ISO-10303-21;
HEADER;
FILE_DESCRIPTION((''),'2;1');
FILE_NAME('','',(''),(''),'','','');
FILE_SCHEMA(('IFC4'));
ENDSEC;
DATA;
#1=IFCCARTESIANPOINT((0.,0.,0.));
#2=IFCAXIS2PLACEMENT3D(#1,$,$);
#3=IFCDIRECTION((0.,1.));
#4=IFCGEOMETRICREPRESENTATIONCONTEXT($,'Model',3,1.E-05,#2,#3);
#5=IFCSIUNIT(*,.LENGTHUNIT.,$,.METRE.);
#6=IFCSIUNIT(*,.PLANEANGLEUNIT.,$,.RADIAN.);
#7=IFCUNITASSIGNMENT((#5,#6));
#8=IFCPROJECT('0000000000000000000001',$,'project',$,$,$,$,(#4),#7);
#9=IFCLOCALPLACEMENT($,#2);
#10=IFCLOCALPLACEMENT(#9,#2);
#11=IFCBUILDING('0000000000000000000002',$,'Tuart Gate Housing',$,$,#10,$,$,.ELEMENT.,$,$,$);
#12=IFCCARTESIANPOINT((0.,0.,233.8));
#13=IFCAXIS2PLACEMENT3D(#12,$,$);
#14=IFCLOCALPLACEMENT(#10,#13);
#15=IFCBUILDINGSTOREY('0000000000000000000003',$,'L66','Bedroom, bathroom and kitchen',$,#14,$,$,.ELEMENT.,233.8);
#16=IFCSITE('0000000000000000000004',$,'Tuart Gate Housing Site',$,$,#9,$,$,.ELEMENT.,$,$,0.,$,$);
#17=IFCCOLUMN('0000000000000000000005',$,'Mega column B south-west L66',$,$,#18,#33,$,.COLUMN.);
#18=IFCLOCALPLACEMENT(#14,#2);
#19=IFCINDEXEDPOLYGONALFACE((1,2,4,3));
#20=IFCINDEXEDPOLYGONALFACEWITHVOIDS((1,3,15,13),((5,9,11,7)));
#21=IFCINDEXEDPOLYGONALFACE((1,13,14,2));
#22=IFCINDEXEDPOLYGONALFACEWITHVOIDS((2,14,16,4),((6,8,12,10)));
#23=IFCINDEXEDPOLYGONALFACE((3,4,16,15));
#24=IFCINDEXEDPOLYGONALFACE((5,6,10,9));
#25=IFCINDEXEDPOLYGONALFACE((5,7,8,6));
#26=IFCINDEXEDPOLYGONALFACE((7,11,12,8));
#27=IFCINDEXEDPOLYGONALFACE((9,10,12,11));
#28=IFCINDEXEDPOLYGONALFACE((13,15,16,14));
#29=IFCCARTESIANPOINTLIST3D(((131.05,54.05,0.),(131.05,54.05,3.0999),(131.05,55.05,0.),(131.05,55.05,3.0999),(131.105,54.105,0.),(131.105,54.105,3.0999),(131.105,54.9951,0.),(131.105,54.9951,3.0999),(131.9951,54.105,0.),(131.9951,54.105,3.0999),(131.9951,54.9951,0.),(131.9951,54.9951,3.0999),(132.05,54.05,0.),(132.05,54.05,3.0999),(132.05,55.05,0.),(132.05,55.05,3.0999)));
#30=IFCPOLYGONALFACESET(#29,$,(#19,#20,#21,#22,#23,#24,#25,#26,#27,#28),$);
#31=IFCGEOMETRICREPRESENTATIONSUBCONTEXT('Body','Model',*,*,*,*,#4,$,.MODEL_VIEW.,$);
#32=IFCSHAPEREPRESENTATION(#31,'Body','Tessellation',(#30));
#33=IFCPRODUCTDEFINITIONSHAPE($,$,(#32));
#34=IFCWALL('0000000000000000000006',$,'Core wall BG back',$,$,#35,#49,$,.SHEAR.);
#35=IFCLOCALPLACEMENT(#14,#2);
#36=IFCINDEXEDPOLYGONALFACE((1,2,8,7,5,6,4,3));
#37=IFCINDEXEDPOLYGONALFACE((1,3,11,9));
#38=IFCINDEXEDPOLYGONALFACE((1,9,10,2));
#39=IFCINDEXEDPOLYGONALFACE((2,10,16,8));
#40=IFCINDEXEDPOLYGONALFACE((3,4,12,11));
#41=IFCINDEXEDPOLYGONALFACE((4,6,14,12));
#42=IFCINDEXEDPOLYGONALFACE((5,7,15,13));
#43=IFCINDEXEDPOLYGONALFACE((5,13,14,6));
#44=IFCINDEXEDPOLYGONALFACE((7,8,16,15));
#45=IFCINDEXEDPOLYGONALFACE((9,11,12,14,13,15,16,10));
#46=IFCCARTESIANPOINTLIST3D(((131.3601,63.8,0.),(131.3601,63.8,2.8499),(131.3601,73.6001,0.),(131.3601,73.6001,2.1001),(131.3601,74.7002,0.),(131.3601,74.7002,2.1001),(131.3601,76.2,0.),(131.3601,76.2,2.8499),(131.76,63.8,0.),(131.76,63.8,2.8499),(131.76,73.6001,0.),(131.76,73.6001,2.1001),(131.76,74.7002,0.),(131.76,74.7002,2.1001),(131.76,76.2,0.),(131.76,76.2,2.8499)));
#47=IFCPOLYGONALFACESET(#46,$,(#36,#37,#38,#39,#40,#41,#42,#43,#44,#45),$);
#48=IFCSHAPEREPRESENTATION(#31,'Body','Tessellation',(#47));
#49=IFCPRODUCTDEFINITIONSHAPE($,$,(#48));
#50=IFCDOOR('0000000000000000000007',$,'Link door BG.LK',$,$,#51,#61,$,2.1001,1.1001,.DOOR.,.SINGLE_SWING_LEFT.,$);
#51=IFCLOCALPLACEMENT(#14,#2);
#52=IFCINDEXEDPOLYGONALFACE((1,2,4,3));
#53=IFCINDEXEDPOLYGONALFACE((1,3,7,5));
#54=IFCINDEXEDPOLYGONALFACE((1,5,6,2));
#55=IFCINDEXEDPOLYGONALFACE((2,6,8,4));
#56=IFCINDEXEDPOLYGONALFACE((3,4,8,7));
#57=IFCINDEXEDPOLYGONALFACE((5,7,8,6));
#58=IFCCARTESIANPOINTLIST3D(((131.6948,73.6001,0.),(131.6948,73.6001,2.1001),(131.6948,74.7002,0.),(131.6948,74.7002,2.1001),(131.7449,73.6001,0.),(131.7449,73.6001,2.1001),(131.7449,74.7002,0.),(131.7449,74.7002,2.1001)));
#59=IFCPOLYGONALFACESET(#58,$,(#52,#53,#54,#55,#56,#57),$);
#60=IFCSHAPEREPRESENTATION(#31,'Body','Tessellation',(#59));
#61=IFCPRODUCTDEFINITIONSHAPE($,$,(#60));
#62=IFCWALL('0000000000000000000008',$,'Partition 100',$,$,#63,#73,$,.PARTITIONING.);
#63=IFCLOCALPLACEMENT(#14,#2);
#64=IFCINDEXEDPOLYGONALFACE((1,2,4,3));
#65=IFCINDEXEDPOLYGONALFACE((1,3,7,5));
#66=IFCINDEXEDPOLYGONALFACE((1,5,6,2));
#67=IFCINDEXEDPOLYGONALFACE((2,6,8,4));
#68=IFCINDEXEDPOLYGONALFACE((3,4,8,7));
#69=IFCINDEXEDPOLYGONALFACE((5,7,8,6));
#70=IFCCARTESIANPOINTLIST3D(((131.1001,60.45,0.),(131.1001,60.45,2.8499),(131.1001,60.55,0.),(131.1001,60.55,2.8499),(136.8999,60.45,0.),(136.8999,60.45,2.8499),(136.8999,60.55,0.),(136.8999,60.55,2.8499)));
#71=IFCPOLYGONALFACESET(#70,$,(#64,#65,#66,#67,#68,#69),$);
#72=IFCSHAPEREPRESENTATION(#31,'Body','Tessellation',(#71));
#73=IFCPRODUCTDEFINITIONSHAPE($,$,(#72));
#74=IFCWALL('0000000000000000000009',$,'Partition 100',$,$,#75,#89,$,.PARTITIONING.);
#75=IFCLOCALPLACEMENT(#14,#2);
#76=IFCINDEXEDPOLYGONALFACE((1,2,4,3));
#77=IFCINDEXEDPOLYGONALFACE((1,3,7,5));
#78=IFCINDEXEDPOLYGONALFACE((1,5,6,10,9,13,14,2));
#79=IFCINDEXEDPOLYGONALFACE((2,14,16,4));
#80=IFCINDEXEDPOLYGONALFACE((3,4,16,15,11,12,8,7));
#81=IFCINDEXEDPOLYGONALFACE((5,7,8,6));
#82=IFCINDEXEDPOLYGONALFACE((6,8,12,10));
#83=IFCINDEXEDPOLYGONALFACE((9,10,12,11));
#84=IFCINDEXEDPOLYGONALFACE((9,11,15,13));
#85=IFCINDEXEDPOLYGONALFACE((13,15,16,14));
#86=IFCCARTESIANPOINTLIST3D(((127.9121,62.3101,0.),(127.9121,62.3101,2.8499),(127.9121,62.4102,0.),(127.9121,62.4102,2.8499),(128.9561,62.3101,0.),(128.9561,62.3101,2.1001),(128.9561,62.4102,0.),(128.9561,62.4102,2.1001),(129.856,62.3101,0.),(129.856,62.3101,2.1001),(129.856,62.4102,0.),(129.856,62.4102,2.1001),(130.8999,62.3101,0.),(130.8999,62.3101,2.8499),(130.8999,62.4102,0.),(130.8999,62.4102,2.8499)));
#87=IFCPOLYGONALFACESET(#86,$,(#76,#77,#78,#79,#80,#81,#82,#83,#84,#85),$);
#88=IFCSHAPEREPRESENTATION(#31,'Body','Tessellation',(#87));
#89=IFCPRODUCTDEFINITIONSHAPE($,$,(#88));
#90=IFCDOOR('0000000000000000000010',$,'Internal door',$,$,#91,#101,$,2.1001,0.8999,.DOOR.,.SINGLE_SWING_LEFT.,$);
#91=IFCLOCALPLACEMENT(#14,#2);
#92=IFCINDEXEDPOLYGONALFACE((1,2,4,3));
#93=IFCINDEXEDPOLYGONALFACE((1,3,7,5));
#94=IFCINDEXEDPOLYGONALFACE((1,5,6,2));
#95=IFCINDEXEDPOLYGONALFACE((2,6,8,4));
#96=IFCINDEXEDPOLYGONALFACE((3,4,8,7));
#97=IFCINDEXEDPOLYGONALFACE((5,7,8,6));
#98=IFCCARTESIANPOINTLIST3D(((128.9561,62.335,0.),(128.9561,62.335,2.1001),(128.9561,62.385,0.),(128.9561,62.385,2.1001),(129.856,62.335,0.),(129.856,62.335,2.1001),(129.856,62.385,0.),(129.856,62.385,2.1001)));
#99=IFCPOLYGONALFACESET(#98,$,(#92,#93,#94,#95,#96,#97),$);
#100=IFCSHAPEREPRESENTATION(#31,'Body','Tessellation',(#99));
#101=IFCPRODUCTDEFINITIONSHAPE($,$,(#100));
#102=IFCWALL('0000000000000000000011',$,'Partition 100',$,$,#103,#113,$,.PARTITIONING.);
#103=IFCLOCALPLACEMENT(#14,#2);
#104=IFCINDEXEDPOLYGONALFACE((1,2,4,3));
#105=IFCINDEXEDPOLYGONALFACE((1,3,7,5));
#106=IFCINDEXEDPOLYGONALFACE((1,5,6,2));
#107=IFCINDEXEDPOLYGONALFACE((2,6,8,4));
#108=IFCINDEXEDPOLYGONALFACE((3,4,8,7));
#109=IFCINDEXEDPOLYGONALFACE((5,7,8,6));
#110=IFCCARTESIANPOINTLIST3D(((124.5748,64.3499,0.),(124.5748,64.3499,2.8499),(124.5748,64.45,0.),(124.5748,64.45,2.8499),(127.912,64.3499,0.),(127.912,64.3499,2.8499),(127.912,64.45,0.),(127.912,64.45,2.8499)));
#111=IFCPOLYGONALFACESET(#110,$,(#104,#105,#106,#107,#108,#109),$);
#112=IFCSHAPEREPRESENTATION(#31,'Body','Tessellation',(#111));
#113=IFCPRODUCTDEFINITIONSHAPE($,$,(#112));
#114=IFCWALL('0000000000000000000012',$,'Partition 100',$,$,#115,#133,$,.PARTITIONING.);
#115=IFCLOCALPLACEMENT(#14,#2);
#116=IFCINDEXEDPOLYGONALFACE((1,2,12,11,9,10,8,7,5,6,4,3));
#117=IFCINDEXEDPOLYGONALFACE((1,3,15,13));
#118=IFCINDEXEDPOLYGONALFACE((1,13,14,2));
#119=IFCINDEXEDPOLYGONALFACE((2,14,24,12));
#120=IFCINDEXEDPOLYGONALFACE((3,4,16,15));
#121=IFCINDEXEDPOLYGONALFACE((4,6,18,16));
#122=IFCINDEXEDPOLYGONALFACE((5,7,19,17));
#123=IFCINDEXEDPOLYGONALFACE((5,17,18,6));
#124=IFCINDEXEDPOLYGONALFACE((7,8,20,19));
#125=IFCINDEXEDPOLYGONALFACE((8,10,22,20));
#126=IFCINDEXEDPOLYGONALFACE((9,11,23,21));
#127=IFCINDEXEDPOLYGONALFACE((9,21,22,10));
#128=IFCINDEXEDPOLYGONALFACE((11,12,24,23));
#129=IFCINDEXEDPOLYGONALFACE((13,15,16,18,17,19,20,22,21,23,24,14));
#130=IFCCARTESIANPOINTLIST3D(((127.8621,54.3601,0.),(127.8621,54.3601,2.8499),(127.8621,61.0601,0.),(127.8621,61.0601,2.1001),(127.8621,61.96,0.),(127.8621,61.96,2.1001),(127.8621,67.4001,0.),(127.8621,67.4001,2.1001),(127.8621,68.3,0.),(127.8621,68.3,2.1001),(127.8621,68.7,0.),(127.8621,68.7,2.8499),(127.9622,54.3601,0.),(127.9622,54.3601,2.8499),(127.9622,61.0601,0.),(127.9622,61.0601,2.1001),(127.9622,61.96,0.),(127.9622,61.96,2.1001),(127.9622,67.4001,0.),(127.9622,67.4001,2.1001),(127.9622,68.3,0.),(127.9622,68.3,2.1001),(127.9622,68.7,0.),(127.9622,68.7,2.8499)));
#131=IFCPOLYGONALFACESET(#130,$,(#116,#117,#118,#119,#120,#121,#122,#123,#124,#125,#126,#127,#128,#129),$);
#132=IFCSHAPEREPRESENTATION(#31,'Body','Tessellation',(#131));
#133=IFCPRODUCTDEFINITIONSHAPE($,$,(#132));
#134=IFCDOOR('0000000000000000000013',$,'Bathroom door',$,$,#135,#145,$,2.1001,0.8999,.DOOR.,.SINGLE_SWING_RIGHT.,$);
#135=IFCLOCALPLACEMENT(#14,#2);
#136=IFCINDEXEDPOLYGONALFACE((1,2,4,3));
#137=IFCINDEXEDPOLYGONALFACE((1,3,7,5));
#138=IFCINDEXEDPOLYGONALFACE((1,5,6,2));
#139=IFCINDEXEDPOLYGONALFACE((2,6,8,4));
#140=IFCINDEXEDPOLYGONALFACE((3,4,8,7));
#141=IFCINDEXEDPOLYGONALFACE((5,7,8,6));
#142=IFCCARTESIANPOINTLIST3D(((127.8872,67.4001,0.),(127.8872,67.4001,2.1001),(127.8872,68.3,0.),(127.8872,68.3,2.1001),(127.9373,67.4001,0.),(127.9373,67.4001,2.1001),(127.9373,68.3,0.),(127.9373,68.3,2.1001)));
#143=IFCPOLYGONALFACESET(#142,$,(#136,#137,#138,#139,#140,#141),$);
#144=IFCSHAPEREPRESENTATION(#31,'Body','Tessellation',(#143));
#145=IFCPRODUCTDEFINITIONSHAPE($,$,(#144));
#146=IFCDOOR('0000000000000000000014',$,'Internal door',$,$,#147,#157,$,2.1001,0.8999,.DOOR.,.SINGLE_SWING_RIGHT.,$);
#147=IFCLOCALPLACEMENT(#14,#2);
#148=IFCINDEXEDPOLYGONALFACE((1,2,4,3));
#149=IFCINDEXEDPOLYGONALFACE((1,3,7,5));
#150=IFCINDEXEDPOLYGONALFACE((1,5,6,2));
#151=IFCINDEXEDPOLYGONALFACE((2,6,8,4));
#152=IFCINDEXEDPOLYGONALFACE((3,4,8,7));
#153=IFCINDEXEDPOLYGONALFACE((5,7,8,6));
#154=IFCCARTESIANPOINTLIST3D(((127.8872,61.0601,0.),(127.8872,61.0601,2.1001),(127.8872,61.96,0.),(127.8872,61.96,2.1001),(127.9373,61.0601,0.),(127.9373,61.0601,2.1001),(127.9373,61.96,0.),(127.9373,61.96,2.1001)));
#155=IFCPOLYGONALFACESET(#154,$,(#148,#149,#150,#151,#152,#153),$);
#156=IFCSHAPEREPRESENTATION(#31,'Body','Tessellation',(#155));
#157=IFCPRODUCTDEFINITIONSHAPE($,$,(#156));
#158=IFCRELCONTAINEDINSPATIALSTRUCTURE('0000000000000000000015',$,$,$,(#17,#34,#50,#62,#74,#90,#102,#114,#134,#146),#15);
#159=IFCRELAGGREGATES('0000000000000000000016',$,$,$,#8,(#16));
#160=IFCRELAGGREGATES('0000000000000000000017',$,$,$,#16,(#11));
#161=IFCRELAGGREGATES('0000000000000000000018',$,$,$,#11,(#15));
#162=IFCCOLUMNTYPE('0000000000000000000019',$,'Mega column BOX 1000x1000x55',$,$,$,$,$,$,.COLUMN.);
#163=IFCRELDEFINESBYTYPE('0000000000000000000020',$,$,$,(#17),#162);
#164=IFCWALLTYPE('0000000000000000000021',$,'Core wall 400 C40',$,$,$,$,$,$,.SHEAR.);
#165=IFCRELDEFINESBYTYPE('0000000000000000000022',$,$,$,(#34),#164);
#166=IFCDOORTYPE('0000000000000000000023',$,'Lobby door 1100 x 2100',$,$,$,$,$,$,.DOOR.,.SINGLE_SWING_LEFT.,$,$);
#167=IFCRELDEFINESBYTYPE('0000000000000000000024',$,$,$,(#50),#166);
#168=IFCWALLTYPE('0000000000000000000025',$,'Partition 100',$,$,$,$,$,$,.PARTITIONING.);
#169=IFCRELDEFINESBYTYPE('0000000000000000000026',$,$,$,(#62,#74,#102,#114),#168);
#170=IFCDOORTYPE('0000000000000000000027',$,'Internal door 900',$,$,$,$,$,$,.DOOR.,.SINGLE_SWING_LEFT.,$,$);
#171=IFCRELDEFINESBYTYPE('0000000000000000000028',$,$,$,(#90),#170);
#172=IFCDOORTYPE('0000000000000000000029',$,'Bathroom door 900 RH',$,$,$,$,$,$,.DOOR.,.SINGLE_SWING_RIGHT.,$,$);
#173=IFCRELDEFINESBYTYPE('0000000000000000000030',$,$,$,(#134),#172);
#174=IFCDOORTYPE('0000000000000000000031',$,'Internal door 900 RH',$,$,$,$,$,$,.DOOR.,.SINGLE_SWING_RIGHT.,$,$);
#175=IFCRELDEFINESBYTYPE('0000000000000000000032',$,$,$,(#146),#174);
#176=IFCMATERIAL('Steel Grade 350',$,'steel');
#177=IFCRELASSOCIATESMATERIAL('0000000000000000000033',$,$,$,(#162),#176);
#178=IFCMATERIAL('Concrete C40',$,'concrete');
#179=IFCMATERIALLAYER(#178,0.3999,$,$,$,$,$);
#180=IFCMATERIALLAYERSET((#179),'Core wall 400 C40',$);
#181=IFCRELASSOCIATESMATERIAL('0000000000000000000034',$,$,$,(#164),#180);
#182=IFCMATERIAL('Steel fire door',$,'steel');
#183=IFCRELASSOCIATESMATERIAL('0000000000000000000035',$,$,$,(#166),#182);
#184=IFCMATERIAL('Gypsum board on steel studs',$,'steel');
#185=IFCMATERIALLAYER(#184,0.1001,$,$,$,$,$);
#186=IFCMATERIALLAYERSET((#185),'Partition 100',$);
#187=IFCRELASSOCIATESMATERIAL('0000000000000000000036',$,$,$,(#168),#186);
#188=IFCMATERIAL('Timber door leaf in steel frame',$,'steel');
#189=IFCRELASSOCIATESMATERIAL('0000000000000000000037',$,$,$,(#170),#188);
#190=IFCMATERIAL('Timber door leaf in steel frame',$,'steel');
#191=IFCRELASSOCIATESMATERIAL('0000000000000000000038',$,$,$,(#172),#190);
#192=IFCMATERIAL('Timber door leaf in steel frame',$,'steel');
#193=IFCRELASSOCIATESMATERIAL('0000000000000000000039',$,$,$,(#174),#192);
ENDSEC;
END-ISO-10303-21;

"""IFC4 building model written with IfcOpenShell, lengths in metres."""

from ifc_helpers import new_model, si_unit, direction, frame, frame_2d, origin, origin_2d, place, context, subcontext, project, spatial, rectangle, hollow_rectangle, extrude, material, layer, layer_set, material_profile, profile_set, type_object, element, fill, save


model = new_model("IFC4")

# Units and contexts
model_context = context("Model", 3, precision=1e-05, world=origin(), true_north=direction((0.0, 1.0)))
body_context = subcontext(model_context, "Body", "Model", "MODEL_VIEW")
ifc_project = project(units=[si_unit("LENGTHUNIT", "METRE"), si_unit("PLANEANGLEUNIT", "RADIAN")], contexts=[model_context])

# Site, building, storey
site_placement = place(None, origin())
site = spatial("IfcSite", under=ifc_project, at=site_placement, Name="Tuart Gate Housing Site", CompositionType="ELEMENT", RefElevation=0.0)
building_placement = place(site_placement, origin())
building = spatial("IfcBuilding", under=site, at=building_placement, Name="Tuart Gate Housing", CompositionType="ELEMENT")
storey_placement = place(building_placement, frame((0.0, 0.0, 233.8)))
storey = spatial("IfcBuildingStorey", under=building, at=storey_placement, Name="L66", Description="Bedroom, bathroom and kitchen", CompositionType="ELEMENT", Elevation=233.8)

# Column
ifc_material_1 = material(Name="Steel Grade 350", Category="steel")
ifc_material_profile = material_profile(ifc_material_1, hollow_rectangle(XDim=1.0, YDim=1.0, WallThickness=0.0549, at=origin_2d()), Name="BOX 1000x1000x55")
ifc_profile_set = profile_set([ifc_material_profile], Name="Steel Grade 350")
column_type = type_object("IfcColumnType", Name="Mega column BOX 1000x1000x55", PredefinedType="COLUMN", material=ifc_profile_set)
column_placement = place(storey_placement, frame((131.55, 54.55, 0.0), z_axis=(0.0, 0.0, 1.0), x_axis=(1.0, 0.0, 0.0)))
element("IfcColumn", 1, at=column_placement, inside=storey, type_object=column_type, Name="Mega column B south-west L66", PredefinedType="COLUMN", context=body_context, shape_type="SweptSolid", body=[
    extrude(hollow_rectangle(XDim=1.0, YDim=1.0, WallThickness=0.0549, at=origin_2d()), origin(), (0.0, 0.0, 1.0), 3.0999),
])

# Wall, opening, door
ifc_material_2 = material(Name="Concrete C40", Category="concrete")
ifc_layer_1 = layer(ifc_material_2, 0.3999)
ifc_layer_set_1 = layer_set([ifc_layer_1], Name="Core wall 400 C40")
wall_type_1 = type_object("IfcWallType", Name="Core wall 400 C40", PredefinedType="SHEAR", material=ifc_layer_set_1)
wall_1_placement = place(storey_placement, frame((131.5601, 63.8, 0.0), z_axis=(0.0, 0.0, 1.0), x_axis=(0.0, 1.0, 0.0)))
wall_1 = element("IfcWall", 2, at=wall_1_placement, inside=storey, type_object=wall_type_1, Name="Core wall BG back", PredefinedType="SHEAR", context=body_context, shape_type="SweptSolid", body=[
    extrude(rectangle(XDim=12.3999, YDim=0.3999, at=frame_2d((6.2, 0.0))), origin(), (0.0, 0.0, 1.0), 2.8499),
])
opening_1_placement = place(wall_1_placement, frame((9.8, 0.0, 0.0)))
opening_1 = element("IfcOpeningElement", 3, at=opening_1_placement, cuts=wall_1, PredefinedType="OPENING", context=body_context, shape_type="SweptSolid", body=[
    extrude(rectangle(XDim=1.1001, YDim=2.1001, at=frame_2d((0.55, 1.05))), frame((0.0, 0.21, 0.0), z_axis=(0.0, -1.0, 0.0), x_axis=(1.0, 0.0, 0.0)), (0.0, 0.0, 1.0), 0.4199),
])
ifc_material_3 = material(Name="Steel fire door", Category="steel")
door_type_1 = type_object("IfcDoorType", Name="Lobby door 1100 x 2100", OperationType="SINGLE_SWING_LEFT", PredefinedType="DOOR", material=ifc_material_3)
door_1_placement = place(opening_1_placement, frame((1.1001, 0.0, 0.0), z_axis=(0.0, 0.0, 1.0), x_axis=(-1.0, 0.0, 0.0)))
door_1 = element("IfcDoor", 4, at=door_1_placement, inside=storey, type_object=door_type_1, Name="Link door BG.LK", OperationType="SINGLE_SWING_LEFT", OverallHeight=2.1001, OverallWidth=1.1001, PredefinedType="DOOR", context=body_context, shape_type="SweptSolid", body=[
    extrude(rectangle(XDim=1.1001, YDim=2.1001, at=frame_2d((0.55, 1.05))), frame((0.0, 0.1848, 0.0), z_axis=(0.0, -1.0, 0.0), x_axis=(1.0, 0.0, 0.0)), (0.0, 0.0, 1.0), 0.05),
])
fill(opening_1, door_1)

# Wall
ifc_material_4 = material(Name="Gypsum board on steel studs", Category="steel")
ifc_layer_2 = layer(ifc_material_4, 0.1001)
ifc_layer_set_2 = layer_set([ifc_layer_2], Name="Partition 100")
wall_type_2 = type_object("IfcWallType", Name="Partition 100", PredefinedType="PARTITIONING", material=ifc_layer_set_2)
wall_2_placement = place(storey_placement, frame((131.1001, 60.5, 0.0), z_axis=(0.0, 0.0, 1.0), x_axis=(1.0, 0.0, 0.0)))
element("IfcWall", 5, at=wall_2_placement, inside=storey, type_object=wall_type_2, Name="Partition 100", PredefinedType="PARTITIONING", context=body_context, shape_type="SweptSolid", body=[
    extrude(rectangle(XDim=5.7998, YDim=0.1001, at=frame_2d((2.8999, 0.0))), origin(), (0.0, 0.0, 1.0), 2.8499),
])

# Wall, opening, door
wall_3_placement = place(storey_placement, frame((127.9121, 62.3601, 0.0), z_axis=(0.0, 0.0, 1.0), x_axis=(1.0, 0.0, 0.0)))
wall_3 = element("IfcWall", 6, at=wall_3_placement, inside=storey, type_object=wall_type_2, Name="Partition 100", PredefinedType="PARTITIONING", context=body_context, shape_type="SweptSolid", body=[
    extrude(rectangle(XDim=2.9878, YDim=0.1001, at=frame_2d((1.4939, 0.0))), origin(), (0.0, 0.0, 1.0), 2.8499),
])
opening_2_placement = place(wall_3_placement, frame((1.0439, 0.0, 0.0)))
opening_2 = element("IfcOpeningElement", 7, at=opening_2_placement, cuts=wall_3, PredefinedType="OPENING", context=body_context, shape_type="SweptSolid", body=[
    extrude(rectangle(XDim=0.8999, YDim=2.1001, at=frame_2d((0.45, 1.05))), frame((0.0, 0.0601, 0.0), z_axis=(0.0, -1.0, 0.0), x_axis=(1.0, 0.0, 0.0)), (0.0, 0.0, 1.0), 0.1201),
])
ifc_material_5 = material(Name="Timber door leaf in steel frame", Category="steel")
door_type_2 = type_object("IfcDoorType", Name="Internal door 900", OperationType="SINGLE_SWING_LEFT", PredefinedType="DOOR", material=ifc_material_5)
door_2_placement = place(opening_2_placement, origin())
door_2 = element("IfcDoor", 8, at=door_2_placement, inside=storey, type_object=door_type_2, Name="Internal door", OperationType="SINGLE_SWING_LEFT", OverallHeight=2.1001, OverallWidth=0.8999, PredefinedType="DOOR", context=body_context, shape_type="SweptSolid", body=[
    extrude(rectangle(XDim=0.8999, YDim=2.1001, at=frame_2d((0.45, 1.05))), frame((0.0, 0.0249, 0.0), z_axis=(0.0, -1.0, 0.0), x_axis=(1.0, 0.0, 0.0)), (0.0, 0.0, 1.0), 0.05),
])
fill(opening_2, door_2)

# Wall
wall_4_placement = place(storey_placement, frame((124.575, 64.3999, 0.0), z_axis=(0.0, 0.0, 1.0), x_axis=(1.0, 0.0, 0.0)))
element("IfcWall", 9, at=wall_4_placement, inside=storey, type_object=wall_type_2, Name="Partition 100", PredefinedType="PARTITIONING", context=body_context, shape_type="SweptSolid", body=[
    extrude(rectangle(XDim=3.3372, YDim=0.1001, at=frame_2d((1.6685, 0.0))), origin(), (0.0, 0.0, 1.0), 2.8499),
])

# Wall, openings, doors
wall_5_placement = place(storey_placement, frame((127.9121, 54.3601, 0.0), z_axis=(0.0, 0.0, 1.0), x_axis=(0.0, 1.0, 0.0)))
wall_5 = element("IfcWall", 10, at=wall_5_placement, inside=storey, type_object=wall_type_2, Name="Partition 100", PredefinedType="PARTITIONING", context=body_context, shape_type="SweptSolid", body=[
    extrude(rectangle(XDim=14.3398, YDim=0.1001, at=frame_2d((7.1699, 0.0))), origin(), (0.0, 0.0, 1.0), 2.8499),
])
opening_3_placement = place(wall_5_placement, frame((6.7, 0.0, 0.0)))
opening_3 = element("IfcOpeningElement", 11, at=opening_3_placement, cuts=wall_5, PredefinedType="OPENING", context=body_context, shape_type="SweptSolid", body=[
    extrude(rectangle(XDim=0.8999, YDim=2.1001, at=frame_2d((0.45, 1.05))), frame((0.0, 0.0601, 0.0), z_axis=(0.0, -1.0, 0.0), x_axis=(1.0, 0.0, 0.0)), (0.0, 0.0, 1.0), 0.1201),
])
opening_4_placement = place(wall_5_placement, frame((13.04, 0.0, 0.0)))
opening_4 = element("IfcOpeningElement", 12, at=opening_4_placement, cuts=wall_5, PredefinedType="OPENING", context=body_context, shape_type="SweptSolid", body=[
    extrude(rectangle(XDim=0.8999, YDim=2.1001, at=frame_2d((0.45, 1.05))), frame((0.0, 0.0601, 0.0), z_axis=(0.0, -1.0, 0.0), x_axis=(1.0, 0.0, 0.0)), (0.0, 0.0, 1.0), 0.1201),
])
ifc_material_6 = material(Name="Timber door leaf in steel frame", Category="steel")
door_type_3 = type_object("IfcDoorType", Name="Bathroom door 900 RH", OperationType="SINGLE_SWING_RIGHT", PredefinedType="DOOR", material=ifc_material_6)
door_3_placement = place(opening_4_placement, origin())
door_3 = element("IfcDoor", 13, at=door_3_placement, inside=storey, type_object=door_type_3, Name="Bathroom door", OperationType="SINGLE_SWING_RIGHT", OverallHeight=2.1001, OverallWidth=0.8999, PredefinedType="DOOR", context=body_context, shape_type="SweptSolid", body=[
    extrude(rectangle(XDim=0.8999, YDim=2.1001, at=frame_2d((0.45, 1.05))), frame((0.0, 0.0249, 0.0), z_axis=(0.0, -1.0, 0.0), x_axis=(1.0, 0.0, 0.0)), (0.0, 0.0, 1.0), 0.05),
])
fill(opening_4, door_3)
ifc_material_7 = material(Name="Timber door leaf in steel frame", Category="steel")
door_type_4 = type_object("IfcDoorType", Name="Internal door 900 RH", OperationType="SINGLE_SWING_RIGHT", PredefinedType="DOOR", material=ifc_material_7)
door_4_placement = place(opening_3_placement, origin())
door_4 = element("IfcDoor", 14, at=door_4_placement, inside=storey, type_object=door_type_4, Name="Internal door", OperationType="SINGLE_SWING_RIGHT", OverallHeight=2.1001, OverallWidth=0.8999, PredefinedType="DOOR", context=body_context, shape_type="SweptSolid", body=[
    extrude(rectangle(XDim=0.8999, YDim=2.1001, at=frame_2d((0.45, 1.05))), frame((0.0, 0.0249, 0.0), z_axis=(0.0, -1.0, 0.0), x_axis=(1.0, 0.0, 0.0)), (0.0, 0.0, 1.0), 0.05),
])
fill(opening_3, door_4)

save(model, "model.ifc")
